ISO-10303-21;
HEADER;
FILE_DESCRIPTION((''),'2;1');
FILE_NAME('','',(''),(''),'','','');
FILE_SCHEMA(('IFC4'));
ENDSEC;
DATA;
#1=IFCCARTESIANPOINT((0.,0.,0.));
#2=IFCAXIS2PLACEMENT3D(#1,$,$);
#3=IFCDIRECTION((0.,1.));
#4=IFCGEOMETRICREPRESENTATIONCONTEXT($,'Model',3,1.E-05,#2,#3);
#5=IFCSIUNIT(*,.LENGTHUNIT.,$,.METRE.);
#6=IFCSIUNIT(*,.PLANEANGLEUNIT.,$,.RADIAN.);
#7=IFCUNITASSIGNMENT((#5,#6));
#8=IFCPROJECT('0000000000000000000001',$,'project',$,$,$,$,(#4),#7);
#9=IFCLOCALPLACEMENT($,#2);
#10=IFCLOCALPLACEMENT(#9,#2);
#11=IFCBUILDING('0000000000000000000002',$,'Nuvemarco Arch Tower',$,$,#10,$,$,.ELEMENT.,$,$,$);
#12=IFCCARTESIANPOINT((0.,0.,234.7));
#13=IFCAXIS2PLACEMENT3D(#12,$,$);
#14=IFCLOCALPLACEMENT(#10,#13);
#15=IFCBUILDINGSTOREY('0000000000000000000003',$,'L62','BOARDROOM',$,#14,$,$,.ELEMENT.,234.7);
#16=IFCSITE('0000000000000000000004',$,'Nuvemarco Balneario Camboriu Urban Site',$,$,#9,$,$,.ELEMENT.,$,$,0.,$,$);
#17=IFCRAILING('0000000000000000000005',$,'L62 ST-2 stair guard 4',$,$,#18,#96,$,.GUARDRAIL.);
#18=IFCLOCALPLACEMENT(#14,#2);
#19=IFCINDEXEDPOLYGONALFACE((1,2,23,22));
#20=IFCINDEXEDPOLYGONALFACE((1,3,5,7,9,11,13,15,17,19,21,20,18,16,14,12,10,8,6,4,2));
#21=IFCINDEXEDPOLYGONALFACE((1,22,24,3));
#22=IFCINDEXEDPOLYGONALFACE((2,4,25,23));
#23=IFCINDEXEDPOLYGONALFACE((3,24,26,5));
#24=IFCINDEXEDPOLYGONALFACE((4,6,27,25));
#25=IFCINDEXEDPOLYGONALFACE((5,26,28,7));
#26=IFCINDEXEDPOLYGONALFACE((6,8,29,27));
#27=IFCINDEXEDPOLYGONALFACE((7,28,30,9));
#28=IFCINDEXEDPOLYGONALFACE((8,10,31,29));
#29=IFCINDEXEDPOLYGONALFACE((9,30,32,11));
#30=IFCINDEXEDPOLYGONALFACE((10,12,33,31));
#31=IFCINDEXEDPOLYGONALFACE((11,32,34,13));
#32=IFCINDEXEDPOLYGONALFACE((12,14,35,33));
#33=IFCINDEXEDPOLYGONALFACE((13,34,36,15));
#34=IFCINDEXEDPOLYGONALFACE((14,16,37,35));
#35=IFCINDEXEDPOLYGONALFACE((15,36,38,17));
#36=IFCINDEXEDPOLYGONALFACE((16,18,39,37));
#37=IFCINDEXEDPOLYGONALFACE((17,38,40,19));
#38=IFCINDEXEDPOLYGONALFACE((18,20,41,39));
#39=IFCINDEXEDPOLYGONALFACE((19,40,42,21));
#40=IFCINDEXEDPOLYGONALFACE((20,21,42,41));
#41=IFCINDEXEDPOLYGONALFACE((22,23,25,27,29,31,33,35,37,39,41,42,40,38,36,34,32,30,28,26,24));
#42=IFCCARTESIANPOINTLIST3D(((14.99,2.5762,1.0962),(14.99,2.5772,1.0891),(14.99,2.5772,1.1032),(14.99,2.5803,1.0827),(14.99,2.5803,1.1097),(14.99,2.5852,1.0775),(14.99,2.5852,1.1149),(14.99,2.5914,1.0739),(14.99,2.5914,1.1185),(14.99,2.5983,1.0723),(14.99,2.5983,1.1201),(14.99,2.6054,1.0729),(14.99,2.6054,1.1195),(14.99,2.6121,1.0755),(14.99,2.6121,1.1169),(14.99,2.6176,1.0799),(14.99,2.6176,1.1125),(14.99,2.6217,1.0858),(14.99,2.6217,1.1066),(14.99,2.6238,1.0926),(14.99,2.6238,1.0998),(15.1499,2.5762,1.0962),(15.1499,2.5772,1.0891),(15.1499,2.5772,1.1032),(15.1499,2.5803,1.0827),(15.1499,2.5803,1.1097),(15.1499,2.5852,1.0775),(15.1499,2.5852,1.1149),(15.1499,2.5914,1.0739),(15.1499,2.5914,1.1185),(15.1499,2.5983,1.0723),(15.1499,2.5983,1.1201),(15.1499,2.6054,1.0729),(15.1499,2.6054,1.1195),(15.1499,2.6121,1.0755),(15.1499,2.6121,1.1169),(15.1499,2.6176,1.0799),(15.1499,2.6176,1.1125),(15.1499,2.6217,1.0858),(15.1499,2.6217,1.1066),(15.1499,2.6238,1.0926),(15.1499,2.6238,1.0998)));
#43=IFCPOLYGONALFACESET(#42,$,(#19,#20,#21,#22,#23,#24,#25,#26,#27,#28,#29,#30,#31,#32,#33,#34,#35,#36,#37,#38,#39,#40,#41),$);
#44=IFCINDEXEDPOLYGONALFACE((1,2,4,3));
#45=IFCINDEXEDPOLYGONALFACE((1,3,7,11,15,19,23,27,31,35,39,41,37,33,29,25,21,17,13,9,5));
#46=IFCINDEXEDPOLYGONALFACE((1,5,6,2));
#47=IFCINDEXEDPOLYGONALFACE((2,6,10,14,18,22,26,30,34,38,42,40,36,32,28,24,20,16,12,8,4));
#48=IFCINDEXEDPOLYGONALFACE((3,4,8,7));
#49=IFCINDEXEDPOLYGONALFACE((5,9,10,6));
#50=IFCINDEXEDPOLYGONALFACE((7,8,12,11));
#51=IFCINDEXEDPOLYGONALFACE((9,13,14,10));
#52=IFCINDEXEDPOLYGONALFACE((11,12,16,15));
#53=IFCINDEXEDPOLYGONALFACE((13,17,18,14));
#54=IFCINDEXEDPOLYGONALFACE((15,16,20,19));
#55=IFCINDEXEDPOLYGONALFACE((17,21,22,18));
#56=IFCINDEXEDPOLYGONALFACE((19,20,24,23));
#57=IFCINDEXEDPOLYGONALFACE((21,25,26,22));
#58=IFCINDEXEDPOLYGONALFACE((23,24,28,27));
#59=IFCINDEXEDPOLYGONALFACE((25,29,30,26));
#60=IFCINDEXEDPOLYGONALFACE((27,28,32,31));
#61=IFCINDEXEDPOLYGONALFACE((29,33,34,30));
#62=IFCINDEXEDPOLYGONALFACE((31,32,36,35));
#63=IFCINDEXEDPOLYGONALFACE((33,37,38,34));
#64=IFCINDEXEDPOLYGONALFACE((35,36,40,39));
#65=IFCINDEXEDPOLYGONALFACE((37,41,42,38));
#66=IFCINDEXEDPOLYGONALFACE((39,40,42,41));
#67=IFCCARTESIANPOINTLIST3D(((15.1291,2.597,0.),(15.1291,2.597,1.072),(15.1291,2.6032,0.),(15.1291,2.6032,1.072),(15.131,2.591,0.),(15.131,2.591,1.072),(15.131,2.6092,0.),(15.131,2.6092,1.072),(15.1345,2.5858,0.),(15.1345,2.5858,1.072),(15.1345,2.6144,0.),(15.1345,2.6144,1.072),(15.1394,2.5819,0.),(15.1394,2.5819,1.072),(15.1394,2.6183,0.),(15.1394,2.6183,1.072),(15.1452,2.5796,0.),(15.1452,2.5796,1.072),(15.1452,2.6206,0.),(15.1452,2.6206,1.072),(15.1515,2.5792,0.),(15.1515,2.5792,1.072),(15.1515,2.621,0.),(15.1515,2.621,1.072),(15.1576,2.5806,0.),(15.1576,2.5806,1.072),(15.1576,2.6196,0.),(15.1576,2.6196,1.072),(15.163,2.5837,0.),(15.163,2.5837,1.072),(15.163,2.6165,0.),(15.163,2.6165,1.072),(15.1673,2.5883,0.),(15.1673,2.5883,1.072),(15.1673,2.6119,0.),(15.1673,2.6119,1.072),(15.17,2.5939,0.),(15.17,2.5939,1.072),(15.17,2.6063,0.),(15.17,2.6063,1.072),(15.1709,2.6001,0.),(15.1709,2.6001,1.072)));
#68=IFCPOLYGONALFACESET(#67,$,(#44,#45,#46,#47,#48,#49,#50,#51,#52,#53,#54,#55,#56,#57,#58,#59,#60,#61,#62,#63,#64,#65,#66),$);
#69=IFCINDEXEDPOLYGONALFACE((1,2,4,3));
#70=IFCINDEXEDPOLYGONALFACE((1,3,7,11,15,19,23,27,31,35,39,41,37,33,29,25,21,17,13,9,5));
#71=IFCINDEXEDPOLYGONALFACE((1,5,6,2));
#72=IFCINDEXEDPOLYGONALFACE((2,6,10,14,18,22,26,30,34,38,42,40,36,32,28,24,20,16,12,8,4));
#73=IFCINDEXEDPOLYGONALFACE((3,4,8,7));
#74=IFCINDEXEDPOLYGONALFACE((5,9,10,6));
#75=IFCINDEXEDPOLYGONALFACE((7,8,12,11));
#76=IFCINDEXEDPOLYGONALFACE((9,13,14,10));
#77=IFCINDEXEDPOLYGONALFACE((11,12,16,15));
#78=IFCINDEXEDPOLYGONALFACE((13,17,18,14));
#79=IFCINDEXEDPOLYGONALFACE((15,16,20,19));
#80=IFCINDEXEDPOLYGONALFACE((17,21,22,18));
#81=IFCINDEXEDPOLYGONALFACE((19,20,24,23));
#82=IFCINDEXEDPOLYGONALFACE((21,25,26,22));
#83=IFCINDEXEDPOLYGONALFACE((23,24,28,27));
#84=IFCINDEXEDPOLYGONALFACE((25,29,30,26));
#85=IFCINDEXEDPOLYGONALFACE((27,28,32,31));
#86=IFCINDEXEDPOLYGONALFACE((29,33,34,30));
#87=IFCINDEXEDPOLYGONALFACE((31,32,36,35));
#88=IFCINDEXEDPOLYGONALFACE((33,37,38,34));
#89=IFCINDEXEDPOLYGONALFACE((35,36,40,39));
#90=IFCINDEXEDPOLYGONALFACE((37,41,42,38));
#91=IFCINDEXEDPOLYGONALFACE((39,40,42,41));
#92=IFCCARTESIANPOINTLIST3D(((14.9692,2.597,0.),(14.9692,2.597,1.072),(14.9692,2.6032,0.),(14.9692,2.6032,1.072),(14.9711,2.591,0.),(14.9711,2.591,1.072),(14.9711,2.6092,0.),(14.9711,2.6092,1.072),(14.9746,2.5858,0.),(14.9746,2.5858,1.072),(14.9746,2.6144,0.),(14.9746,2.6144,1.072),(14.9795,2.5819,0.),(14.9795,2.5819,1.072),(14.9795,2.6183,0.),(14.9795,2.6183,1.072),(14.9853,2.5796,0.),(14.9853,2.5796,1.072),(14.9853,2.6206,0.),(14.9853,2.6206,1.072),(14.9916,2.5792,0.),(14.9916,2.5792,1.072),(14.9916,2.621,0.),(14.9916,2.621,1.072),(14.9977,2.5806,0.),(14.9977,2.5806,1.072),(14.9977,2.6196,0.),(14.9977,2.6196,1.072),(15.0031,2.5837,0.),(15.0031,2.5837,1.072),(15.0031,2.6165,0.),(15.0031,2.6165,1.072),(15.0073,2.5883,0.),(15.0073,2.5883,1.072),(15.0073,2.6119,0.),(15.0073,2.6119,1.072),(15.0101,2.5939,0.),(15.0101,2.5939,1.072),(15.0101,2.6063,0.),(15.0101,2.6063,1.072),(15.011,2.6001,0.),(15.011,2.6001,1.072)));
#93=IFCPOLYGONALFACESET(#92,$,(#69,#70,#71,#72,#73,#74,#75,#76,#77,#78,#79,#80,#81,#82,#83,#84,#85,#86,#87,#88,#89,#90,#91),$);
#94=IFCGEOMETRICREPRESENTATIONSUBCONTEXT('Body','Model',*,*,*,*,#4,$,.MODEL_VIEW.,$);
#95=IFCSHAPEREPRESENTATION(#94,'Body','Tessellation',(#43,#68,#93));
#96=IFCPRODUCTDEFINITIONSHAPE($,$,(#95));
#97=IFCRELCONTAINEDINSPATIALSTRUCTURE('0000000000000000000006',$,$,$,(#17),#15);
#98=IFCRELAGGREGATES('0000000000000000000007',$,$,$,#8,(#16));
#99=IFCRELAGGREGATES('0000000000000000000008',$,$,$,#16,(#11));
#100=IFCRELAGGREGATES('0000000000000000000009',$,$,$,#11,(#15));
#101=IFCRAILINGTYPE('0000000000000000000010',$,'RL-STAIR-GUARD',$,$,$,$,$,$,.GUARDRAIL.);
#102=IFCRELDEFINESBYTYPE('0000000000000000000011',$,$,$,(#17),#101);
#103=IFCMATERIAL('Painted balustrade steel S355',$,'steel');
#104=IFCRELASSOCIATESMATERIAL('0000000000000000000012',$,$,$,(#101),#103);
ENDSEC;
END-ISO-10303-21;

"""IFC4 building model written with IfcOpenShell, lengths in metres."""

from ifc_helpers import new_model, si_unit, direction, frame, origin, origin_2d, place, context, subcontext, project, spatial, circle, extrude, material, type_object, element, save


model = new_model("IFC4")

# Units and contexts
model_context = context("Model", 3, precision=1e-05, world=origin(), true_north=direction((0.0, 1.0)))
body_context = subcontext(model_context, "Body", "Model", "MODEL_VIEW")
ifc_project = project(units=[si_unit("LENGTHUNIT", "METRE"), si_unit("PLANEANGLEUNIT", "RADIAN")], contexts=[model_context])

# Site, building, storey
site_placement = place(None, origin())
site = spatial("IfcSite", under=ifc_project, at=site_placement, Name="Nuvemarco Balneario Camboriu Urban Site", CompositionType="ELEMENT", RefElevation=0.0)
building_placement = place(site_placement, origin())
building = spatial("IfcBuilding", under=site, at=building_placement, Name="Nuvemarco Arch Tower", CompositionType="ELEMENT")
storey_placement = place(building_placement, frame((0.0, 0.0, 234.7)))
storey = spatial("IfcBuildingStorey", under=building, at=storey_placement, Name="L62", Description="BOARDROOM", CompositionType="ELEMENT", Elevation=234.7)

# Railing
ifc_material_1 = material(Name="Painted balustrade steel S355", Category="steel")
railing_type_1 = type_object("IfcRailingType", Name="RL-STAIR-GUARD", PredefinedType="GUARDRAIL", material=ifc_material_1)
railing_1_placement = place(storey_placement, frame((15.1499, 2.6001, 0.0)))
element("IfcRailing", 1, at=railing_1_placement, inside=storey, type_object=railing_type_1, Name="L62 ST-2 stair guard 4", PredefinedType="GUARDRAIL", context=body_context, shape_type="SweptSolid", body=[
    extrude(circle(Radius=0.0239, at=origin_2d()), frame((0.0, 0.0, 1.0962), z_axis=(-1.0, 0.0, 0.0), x_axis=(0.0, -1.0, 0.0)), (0.0, 0.0, 1.0), 0.1599),
    extrude(circle(Radius=0.021, at=origin_2d()), origin(), (0.0, 0.0, 1.0), 1.072),
    extrude(circle(Radius=0.021, at=origin_2d()), frame((-0.1599, 0.0, 0.0)), (0.0, 0.0, 1.0), 1.072),
])

save(model, "model.ifc")
